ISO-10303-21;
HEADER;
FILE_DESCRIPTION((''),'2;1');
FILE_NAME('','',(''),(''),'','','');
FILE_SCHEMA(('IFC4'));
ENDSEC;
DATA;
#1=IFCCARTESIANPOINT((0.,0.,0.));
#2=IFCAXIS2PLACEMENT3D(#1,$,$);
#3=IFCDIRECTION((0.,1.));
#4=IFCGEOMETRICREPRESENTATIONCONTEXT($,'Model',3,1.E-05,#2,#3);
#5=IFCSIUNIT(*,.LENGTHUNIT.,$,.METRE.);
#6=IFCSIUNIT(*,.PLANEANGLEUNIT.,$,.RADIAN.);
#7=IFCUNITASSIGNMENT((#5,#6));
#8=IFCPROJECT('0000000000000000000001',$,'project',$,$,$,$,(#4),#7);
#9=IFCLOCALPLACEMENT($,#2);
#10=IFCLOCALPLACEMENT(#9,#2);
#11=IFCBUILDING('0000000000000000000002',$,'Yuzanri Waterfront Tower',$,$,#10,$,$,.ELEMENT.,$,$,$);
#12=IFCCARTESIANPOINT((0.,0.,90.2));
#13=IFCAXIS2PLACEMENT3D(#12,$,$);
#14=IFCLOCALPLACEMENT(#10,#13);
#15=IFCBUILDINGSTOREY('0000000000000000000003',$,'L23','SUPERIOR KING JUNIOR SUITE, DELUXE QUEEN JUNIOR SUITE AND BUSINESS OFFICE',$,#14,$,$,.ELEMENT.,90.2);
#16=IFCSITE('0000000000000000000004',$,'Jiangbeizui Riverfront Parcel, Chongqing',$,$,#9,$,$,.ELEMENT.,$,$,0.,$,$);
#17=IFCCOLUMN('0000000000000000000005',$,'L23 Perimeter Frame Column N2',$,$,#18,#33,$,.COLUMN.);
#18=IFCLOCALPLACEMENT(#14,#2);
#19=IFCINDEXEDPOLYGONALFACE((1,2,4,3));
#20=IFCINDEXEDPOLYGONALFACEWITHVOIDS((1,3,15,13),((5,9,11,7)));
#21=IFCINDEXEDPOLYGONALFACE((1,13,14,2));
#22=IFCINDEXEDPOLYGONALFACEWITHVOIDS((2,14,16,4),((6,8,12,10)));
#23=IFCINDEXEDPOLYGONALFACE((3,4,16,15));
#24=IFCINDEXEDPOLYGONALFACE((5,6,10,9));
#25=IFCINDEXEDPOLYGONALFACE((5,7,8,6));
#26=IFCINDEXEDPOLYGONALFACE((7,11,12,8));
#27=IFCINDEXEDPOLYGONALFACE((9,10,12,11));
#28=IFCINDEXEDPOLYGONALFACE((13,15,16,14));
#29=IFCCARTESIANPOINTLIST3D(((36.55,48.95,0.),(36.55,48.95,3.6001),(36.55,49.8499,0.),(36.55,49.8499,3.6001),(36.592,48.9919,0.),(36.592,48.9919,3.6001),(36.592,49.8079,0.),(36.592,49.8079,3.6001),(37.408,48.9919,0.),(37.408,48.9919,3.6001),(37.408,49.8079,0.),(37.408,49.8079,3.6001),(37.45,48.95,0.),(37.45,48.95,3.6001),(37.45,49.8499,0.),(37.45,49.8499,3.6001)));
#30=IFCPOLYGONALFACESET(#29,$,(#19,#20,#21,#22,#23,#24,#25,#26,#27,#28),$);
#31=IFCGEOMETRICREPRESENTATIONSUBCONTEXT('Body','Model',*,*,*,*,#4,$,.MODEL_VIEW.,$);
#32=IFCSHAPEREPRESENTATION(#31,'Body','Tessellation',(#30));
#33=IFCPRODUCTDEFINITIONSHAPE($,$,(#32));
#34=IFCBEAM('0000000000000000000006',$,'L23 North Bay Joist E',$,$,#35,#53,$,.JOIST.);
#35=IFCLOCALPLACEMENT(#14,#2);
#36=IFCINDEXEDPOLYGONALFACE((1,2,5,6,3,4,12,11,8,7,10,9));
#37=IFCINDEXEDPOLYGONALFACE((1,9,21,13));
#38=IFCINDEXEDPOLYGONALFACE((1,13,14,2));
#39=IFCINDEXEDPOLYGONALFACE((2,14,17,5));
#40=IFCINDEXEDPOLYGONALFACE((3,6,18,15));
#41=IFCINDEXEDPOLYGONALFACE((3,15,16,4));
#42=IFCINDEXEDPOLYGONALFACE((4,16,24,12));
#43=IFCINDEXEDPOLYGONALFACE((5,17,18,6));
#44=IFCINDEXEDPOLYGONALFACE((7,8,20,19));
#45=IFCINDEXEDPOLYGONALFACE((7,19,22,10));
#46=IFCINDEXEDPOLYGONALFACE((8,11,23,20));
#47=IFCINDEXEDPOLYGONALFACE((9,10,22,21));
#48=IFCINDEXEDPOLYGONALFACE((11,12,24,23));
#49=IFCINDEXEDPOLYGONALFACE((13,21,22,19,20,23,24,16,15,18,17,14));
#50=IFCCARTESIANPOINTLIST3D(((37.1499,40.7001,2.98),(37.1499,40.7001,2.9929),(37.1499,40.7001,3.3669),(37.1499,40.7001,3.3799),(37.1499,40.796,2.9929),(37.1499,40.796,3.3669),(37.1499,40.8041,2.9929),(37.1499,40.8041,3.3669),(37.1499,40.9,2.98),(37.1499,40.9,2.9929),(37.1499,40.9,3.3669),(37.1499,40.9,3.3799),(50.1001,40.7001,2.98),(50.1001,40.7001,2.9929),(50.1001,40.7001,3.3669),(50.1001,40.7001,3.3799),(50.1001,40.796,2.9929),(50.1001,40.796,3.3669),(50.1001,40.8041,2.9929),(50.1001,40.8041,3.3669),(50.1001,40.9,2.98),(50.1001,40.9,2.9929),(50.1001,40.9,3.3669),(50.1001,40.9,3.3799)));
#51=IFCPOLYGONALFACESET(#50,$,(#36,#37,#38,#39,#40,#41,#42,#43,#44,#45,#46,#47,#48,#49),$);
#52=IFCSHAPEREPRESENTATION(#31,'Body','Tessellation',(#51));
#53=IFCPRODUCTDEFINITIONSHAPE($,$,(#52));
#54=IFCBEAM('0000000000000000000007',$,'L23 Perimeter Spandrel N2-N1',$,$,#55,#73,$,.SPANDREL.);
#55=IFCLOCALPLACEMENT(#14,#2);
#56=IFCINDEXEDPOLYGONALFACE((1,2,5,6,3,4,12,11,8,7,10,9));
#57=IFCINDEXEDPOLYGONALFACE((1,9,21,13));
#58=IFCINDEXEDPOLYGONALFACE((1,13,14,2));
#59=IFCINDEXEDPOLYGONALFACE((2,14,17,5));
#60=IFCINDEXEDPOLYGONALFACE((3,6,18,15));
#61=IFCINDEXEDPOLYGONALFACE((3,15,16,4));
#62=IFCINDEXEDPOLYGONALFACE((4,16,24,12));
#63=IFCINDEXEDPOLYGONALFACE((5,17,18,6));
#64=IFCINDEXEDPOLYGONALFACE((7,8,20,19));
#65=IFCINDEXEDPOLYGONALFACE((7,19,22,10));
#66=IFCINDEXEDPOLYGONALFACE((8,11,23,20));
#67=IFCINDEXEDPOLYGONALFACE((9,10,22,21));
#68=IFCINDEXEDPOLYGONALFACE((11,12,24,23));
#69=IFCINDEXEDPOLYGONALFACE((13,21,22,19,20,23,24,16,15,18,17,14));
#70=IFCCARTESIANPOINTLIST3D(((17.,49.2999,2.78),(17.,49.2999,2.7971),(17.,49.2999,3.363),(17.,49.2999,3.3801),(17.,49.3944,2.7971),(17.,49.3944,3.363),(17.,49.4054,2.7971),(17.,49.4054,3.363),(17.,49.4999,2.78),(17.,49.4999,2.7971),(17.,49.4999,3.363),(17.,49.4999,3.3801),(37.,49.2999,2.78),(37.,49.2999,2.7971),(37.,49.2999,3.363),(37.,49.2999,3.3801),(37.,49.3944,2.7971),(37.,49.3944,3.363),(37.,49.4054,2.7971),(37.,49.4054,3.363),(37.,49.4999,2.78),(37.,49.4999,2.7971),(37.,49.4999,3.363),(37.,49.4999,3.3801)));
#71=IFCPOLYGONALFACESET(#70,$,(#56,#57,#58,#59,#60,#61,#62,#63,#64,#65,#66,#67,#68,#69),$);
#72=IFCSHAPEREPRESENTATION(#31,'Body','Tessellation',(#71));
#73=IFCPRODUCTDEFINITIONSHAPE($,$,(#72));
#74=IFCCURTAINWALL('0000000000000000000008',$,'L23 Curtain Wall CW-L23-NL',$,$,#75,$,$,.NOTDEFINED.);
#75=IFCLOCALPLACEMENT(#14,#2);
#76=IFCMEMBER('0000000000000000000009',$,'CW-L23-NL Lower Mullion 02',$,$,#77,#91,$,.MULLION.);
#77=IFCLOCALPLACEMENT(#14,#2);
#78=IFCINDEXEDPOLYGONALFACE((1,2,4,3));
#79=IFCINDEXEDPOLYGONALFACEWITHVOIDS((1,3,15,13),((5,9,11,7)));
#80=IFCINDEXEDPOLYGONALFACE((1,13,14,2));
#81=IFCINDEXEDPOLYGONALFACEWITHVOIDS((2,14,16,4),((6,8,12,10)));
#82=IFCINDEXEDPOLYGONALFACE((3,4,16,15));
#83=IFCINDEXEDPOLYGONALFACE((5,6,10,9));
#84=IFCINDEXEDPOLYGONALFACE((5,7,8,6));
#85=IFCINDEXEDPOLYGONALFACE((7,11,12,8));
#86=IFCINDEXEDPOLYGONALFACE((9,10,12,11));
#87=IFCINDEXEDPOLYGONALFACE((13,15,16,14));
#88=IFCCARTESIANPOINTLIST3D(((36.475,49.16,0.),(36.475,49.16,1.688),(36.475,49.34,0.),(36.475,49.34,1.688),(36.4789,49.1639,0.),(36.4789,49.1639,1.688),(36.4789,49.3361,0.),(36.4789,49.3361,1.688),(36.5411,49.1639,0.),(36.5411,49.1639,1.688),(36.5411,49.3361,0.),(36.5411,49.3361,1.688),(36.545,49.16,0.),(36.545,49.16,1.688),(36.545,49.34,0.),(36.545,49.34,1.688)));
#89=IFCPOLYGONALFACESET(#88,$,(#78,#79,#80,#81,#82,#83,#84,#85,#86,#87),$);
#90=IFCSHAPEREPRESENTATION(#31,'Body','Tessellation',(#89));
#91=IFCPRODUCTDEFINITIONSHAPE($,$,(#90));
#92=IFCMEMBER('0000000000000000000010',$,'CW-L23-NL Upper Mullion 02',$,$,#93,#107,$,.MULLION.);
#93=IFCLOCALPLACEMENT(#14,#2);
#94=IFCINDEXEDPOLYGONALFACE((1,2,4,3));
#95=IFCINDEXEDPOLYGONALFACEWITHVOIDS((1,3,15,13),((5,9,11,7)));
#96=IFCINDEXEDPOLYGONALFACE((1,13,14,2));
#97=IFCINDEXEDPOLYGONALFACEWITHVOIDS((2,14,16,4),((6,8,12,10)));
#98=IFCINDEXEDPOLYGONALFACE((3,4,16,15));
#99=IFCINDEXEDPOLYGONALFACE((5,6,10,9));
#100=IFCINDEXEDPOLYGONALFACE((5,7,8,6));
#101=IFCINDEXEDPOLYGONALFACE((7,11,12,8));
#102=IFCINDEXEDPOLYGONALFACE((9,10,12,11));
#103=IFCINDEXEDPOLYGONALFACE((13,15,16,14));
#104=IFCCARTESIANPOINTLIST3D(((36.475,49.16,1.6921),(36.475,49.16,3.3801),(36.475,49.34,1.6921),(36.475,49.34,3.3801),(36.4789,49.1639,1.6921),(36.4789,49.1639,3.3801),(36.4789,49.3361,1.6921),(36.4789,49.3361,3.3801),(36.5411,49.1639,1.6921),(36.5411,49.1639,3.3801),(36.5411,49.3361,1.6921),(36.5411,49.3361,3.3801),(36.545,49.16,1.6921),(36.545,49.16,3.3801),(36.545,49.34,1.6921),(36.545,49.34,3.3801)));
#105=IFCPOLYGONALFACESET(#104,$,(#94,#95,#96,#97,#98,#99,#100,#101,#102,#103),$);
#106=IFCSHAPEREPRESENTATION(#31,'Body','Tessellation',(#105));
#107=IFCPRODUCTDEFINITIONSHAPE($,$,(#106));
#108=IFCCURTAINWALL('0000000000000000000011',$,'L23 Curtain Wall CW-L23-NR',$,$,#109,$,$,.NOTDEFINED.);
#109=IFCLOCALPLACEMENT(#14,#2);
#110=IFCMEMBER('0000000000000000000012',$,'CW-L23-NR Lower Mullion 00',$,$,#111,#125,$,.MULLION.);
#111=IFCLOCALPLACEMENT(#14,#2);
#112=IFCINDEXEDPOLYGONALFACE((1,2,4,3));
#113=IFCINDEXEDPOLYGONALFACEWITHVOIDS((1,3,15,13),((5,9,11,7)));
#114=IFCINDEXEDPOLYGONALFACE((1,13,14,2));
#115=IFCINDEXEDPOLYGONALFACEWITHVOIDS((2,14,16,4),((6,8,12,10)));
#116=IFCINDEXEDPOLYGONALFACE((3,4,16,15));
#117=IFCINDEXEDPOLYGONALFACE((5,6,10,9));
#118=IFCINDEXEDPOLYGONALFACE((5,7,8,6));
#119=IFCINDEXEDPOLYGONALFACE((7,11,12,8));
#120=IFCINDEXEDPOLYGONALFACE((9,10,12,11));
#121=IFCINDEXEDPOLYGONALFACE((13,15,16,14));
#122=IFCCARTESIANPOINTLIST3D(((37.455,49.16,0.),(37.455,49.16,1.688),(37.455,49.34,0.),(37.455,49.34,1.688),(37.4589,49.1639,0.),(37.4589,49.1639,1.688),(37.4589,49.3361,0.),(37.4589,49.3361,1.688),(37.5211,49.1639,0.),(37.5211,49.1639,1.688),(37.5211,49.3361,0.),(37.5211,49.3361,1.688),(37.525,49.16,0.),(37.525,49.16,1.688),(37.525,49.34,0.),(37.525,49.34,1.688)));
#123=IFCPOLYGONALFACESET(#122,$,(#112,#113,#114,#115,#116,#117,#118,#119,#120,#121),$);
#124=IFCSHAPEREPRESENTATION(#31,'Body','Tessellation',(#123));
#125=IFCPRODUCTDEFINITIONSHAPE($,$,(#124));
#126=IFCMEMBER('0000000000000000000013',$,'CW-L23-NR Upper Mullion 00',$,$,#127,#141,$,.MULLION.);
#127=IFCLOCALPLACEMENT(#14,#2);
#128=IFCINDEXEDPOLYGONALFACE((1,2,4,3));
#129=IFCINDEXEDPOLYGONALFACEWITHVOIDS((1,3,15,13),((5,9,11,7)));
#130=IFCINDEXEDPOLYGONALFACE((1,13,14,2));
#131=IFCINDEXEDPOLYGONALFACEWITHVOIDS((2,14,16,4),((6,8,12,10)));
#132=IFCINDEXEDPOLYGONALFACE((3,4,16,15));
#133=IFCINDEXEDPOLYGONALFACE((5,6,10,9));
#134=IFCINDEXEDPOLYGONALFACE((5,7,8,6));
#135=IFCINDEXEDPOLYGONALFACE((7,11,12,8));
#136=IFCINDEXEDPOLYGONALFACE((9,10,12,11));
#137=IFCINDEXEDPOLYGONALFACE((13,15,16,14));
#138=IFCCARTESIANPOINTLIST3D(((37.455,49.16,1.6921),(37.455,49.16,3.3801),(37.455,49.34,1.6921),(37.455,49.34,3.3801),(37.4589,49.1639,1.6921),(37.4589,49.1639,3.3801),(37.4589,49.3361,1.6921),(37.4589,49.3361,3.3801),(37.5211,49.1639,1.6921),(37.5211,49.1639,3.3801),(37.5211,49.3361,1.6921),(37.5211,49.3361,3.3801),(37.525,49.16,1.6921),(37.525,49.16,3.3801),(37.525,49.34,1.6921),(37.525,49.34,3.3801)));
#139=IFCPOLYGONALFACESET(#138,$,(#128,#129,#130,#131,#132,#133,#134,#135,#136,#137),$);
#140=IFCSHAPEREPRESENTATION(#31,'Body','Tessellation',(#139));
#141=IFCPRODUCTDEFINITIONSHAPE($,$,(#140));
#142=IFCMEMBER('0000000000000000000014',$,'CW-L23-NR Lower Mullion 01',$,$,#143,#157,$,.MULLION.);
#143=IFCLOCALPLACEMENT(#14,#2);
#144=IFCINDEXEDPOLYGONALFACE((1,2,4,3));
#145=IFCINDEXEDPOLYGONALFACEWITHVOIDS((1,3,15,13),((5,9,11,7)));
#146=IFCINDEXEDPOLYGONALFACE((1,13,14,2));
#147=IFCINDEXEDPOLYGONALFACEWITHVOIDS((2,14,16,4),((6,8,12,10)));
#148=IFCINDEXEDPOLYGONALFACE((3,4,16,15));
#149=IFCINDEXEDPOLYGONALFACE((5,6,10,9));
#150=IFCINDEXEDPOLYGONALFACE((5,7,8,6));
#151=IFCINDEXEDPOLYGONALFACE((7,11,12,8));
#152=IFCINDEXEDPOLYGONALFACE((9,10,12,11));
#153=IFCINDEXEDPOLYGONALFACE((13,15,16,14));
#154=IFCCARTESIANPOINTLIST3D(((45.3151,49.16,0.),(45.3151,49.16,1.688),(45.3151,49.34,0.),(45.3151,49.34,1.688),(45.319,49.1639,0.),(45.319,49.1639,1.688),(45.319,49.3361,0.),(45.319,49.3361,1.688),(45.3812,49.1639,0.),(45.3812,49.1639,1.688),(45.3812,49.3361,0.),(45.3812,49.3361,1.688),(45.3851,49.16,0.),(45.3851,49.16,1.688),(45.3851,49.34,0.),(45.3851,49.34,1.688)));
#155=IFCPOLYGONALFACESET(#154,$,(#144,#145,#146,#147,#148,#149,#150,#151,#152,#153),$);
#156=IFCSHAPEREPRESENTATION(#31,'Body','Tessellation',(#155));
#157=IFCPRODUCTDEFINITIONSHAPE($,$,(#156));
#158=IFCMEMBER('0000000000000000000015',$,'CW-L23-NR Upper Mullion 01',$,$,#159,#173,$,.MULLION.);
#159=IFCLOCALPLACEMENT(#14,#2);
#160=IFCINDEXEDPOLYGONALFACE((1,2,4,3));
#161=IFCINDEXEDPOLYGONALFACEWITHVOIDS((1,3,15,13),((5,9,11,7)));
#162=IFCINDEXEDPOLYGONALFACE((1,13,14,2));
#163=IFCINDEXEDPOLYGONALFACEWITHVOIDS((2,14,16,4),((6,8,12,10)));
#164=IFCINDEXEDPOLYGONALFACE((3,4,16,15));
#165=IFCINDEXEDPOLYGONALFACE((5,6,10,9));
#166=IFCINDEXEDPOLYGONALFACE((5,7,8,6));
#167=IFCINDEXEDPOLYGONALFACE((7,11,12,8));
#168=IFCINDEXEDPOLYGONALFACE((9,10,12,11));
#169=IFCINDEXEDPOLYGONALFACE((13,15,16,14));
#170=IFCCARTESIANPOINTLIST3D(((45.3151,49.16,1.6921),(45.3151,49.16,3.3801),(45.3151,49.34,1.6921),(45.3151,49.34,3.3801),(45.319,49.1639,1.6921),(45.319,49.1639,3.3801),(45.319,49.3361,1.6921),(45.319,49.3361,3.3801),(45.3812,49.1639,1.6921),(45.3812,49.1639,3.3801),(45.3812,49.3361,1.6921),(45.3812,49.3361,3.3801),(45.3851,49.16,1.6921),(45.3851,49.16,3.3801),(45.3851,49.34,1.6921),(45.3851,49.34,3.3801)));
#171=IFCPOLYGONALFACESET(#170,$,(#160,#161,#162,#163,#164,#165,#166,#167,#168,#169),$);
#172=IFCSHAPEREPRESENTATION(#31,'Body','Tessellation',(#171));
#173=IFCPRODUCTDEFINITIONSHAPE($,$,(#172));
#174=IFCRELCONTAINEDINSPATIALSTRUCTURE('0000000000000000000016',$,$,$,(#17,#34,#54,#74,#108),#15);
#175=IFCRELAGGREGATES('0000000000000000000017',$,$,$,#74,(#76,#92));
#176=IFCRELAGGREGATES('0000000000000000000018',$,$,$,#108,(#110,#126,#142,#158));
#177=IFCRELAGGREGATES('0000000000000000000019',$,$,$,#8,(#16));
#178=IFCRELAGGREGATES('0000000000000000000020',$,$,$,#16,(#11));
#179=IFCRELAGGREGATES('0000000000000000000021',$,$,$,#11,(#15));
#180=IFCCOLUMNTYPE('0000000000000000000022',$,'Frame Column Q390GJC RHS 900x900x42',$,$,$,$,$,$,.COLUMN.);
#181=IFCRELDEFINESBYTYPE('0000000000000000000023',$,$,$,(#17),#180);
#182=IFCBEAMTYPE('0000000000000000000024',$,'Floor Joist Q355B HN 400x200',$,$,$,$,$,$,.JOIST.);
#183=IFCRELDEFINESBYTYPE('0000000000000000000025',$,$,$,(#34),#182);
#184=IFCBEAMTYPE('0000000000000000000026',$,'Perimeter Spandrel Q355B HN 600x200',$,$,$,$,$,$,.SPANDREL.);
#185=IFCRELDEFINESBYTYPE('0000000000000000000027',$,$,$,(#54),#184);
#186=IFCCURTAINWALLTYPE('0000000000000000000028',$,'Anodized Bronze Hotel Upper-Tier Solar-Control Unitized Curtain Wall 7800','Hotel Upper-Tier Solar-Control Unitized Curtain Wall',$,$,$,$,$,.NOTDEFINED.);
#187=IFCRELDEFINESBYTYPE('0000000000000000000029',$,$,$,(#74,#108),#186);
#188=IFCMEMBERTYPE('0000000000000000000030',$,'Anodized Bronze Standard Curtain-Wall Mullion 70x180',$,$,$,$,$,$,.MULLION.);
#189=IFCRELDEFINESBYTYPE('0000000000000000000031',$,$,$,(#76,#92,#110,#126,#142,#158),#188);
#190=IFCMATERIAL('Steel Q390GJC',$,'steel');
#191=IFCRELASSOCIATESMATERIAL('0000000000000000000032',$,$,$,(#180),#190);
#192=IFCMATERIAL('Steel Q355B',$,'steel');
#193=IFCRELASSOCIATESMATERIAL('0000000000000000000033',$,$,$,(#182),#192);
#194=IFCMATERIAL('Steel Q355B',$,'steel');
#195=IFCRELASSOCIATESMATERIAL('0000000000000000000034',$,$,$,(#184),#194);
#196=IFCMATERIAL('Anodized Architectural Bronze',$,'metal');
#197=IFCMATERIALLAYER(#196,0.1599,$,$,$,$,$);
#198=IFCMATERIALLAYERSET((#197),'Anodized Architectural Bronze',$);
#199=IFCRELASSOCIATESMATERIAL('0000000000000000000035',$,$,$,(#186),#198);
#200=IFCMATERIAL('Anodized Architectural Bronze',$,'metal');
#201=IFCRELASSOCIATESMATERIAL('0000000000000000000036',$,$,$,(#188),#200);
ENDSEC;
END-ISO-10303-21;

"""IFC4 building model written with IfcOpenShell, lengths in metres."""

from ifc_helpers import new_model, si_unit, direction, frame, origin, origin_2d, place, context, subcontext, project, spatial, hollow_rectangle, i_section, extrude, source, transform, mapped, material, layer, layer_set, material_profile, profile_set, type_object, element, aggregate, save


model = new_model("IFC4")

# Units and contexts
model_context = context("Model", 3, precision=1e-05, world=origin(), true_north=direction((0.0, 1.0)))
body_context = subcontext(model_context, "Body", "Model", "MODEL_VIEW")
ifc_project = project(units=[si_unit("LENGTHUNIT", "METRE"), si_unit("PLANEANGLEUNIT", "RADIAN")], contexts=[model_context])

# Site, building, storey
site_placement = place(None, origin())
site = spatial("IfcSite", under=ifc_project, at=site_placement, Name="Jiangbeizui Riverfront Parcel, Chongqing", CompositionType="ELEMENT", RefElevation=0.0)
building_placement = place(site_placement, origin())
building = spatial("IfcBuilding", under=site, at=building_placement, Name="Yuzanri Waterfront Tower", CompositionType="ELEMENT")
storey_placement = place(building_placement, frame((0.0, 0.0, 90.2)))
storey = spatial("IfcBuildingStorey", under=building, at=storey_placement, Name="L23", Description="SUPERIOR KING JUNIOR SUITE, DELUXE QUEEN JUNIOR SUITE AND BUSINESS OFFICE", CompositionType="ELEMENT", Elevation=90.2)

# Column
ifc_material_1 = material(Name="Steel Q390GJC", Category="steel")
ifc_material_profile_1 = material_profile(ifc_material_1, hollow_rectangle(XDim=0.8999, YDim=0.8999, WallThickness=0.042, at=origin_2d()), Name="RHS 900x900x42")
ifc_profile_set_1 = profile_set([ifc_material_profile_1], Name="Steel Q390GJC")
column_type = type_object("IfcColumnType", Name="Frame Column Q390GJC RHS 900x900x42", PredefinedType="COLUMN", material=ifc_profile_set_1)
shared_shape_1 = source(origin(), body_context, "Body", "SweptSolid", [
    extrude(hollow_rectangle(XDim=0.8999, YDim=0.8999, WallThickness=0.042, at=origin_2d()), origin(), (0.0, 0.0, 1.0), 3.6001),
])
column_placement = place(storey_placement, frame((37.0, 49.3999, 0.0), z_axis=(0.0, 0.0, 1.0), x_axis=(1.0, 0.0, 0.0)))
element("IfcColumn", 1, at=column_placement, inside=storey, type_object=column_type, Name="L23 Perimeter Frame Column N2", PredefinedType="COLUMN", context=body_context, shape_type="MappedRepresentation", body=[
    mapped(shared_shape_1, transform((0.0, 0.0, 0.0), scale=1.0)),
])

# Beams
ifc_material_2 = material(Name="Steel Q355B", Category="steel")
ifc_material_profile_2 = material_profile(ifc_material_2, i_section(OverallWidth=0.2, OverallDepth=0.3999, WebThickness=0.0081, FlangeThickness=0.0129, at=origin_2d()), Name="HN 400x200x8x13")
ifc_profile_set_2 = profile_set([ifc_material_profile_2], Name="Steel Q355B")
beam_type_1 = type_object("IfcBeamType", Name="Floor Joist Q355B HN 400x200", PredefinedType="JOIST", material=ifc_profile_set_2)
shared_shape_2 = source(origin(), body_context, "Body", "SweptSolid", [
    extrude(i_section(OverallWidth=0.2, OverallDepth=0.3999, WebThickness=0.0081, FlangeThickness=0.0129, at=origin_2d()), origin(), (0.0, 0.0, 1.0), 12.9502),
])
beam_1_placement = place(storey_placement, frame((37.1499, 40.8, 3.1799), z_axis=(1.0, 0.0, 0.0), x_axis=(0.0, 1.0, 0.0)))
element("IfcBeam", 2, at=beam_1_placement, inside=storey, type_object=beam_type_1, Name="L23 North Bay Joist E", PredefinedType="JOIST", context=body_context, shape_type="MappedRepresentation", body=[
    mapped(shared_shape_2, transform((0.0, 0.0, 0.0), scale=1.0)),
])
ifc_material_3 = material(Name="Steel Q355B", Category="steel")
ifc_material_profile_3 = material_profile(ifc_material_3, i_section(OverallWidth=0.2, OverallDepth=0.6001, WebThickness=0.011, FlangeThickness=0.0171, at=origin_2d()), Name="HN 600x200x11x17")
ifc_profile_set_3 = profile_set([ifc_material_profile_3], Name="Steel Q355B")
beam_type_2 = type_object("IfcBeamType", Name="Perimeter Spandrel Q355B HN 600x200", PredefinedType="SPANDREL", material=ifc_profile_set_3)
shared_shape_3 = source(origin(), body_context, "Body", "SweptSolid", [
    extrude(i_section(OverallWidth=0.2, OverallDepth=0.6001, WebThickness=0.011, FlangeThickness=0.0171, at=origin_2d()), origin(), (0.0, 0.0, 1.0), 20.0),
])
beam_2_placement = place(storey_placement, frame((37.0, 49.3999, 3.0801), z_axis=(-1.0, 0.0, 0.0), x_axis=(0.0, -1.0, 0.0)))
element("IfcBeam", 3, at=beam_2_placement, inside=storey, type_object=beam_type_2, Name="L23 Perimeter Spandrel N2-N1", PredefinedType="SPANDREL", context=body_context, shape_type="MappedRepresentation", body=[
    mapped(shared_shape_3, transform((0.0, 0.0, 0.0), scale=1.0)),
])

# Curtain wall, members
ifc_material_4 = material(Name="Anodized Architectural Bronze", Category="metal")
ifc_layer_1 = layer(ifc_material_4, 0.1599)
ifc_layer_set_1 = layer_set([ifc_layer_1], Name="Anodized Architectural Bronze")
curtain_wall_type = type_object("IfcCurtainWallType", Name="Anodized Bronze Hotel Upper-Tier Solar-Control Unitized Curtain Wall 7800", Description="Hotel Upper-Tier Solar-Control Unitized Curtain Wall", PredefinedType="NOTDEFINED", material=ifc_layer_set_1)
curtain_wall_1_placement = place(storey_placement, origin())
curtain_wall_1 = element("IfcCurtainWall", 4, at=curtain_wall_1_placement, inside=storey, type_object=curtain_wall_type, Name="L23 Curtain Wall CW-L23-NL", PredefinedType="NOTDEFINED")
ifc_material_5 = material(Name="Anodized Architectural Bronze", Category="metal")
ifc_material_profile_4 = material_profile(ifc_material_5, hollow_rectangle(XDim=0.0701, YDim=0.1799, WallThickness=0.0039, at=origin_2d()), Name="CWM 70x180")
ifc_profile_set_4 = profile_set([ifc_material_profile_4], Name="Anodized Architectural Bronze")
member_type_1 = type_object("IfcMemberType", Name="Anodized Bronze Standard Curtain-Wall Mullion 70x180", PredefinedType="MULLION", material=ifc_profile_set_4)
shared_shape_4 = source(origin(), body_context, "Body", "SweptSolid", [
    extrude(hollow_rectangle(XDim=0.0701, YDim=0.1799, WallThickness=0.0039, at=origin_2d()), origin(), (0.0, 0.0, 1.0), 1.688),
])
member_1_placement = place(storey_placement, frame((36.51, 49.25, 0.0), z_axis=(0.0, 0.0, 1.0), x_axis=(1.0, 0.0, 0.0)))
member_1 = element("IfcMember", 5, at=member_1_placement, type_object=member_type_1, Name="CW-L23-NL Lower Mullion 02", PredefinedType="MULLION", context=body_context, shape_type="MappedRepresentation", body=[
    mapped(shared_shape_4, transform((0.0, 0.0, 0.0), scale=1.0)),
])
member_2_placement = place(storey_placement, frame((36.51, 49.25, 1.6921), z_axis=(0.0, 0.0, 1.0), x_axis=(1.0, 0.0, 0.0)))
member_2 = element("IfcMember", 6, at=member_2_placement, type_object=member_type_1, Name="CW-L23-NL Upper Mullion 02", PredefinedType="MULLION", context=body_context, shape_type="MappedRepresentation", body=[
    mapped(shared_shape_4, transform((0.0, 0.0, 0.0), scale=1.0)),
])
aggregate(curtain_wall_1, [member_1, member_2])

# Curtain wall, members
curtain_wall_2_placement = place(storey_placement, origin())
curtain_wall_2 = element("IfcCurtainWall", 7, at=curtain_wall_2_placement, inside=storey, type_object=curtain_wall_type, Name="L23 Curtain Wall CW-L23-NR", PredefinedType="NOTDEFINED")
member_3_placement = place(storey_placement, frame((37.49, 49.25, 0.0), z_axis=(0.0, 0.0, 1.0), x_axis=(1.0, 0.0, 0.0)))
member_3 = element("IfcMember", 8, at=member_3_placement, type_object=member_type_1, Name="CW-L23-NR Lower Mullion 00", PredefinedType="MULLION", context=body_context, shape_type="MappedRepresentation", body=[
    mapped(shared_shape_4, transform((0.0, 0.0, 0.0), scale=1.0)),
])
member_4_placement = place(storey_placement, frame((37.49, 49.25, 1.6921), z_axis=(0.0, 0.0, 1.0), x_axis=(1.0, 0.0, 0.0)))
member_4 = element("IfcMember", 9, at=member_4_placement, type_object=member_type_1, Name="CW-L23-NR Upper Mullion 00", PredefinedType="MULLION", context=body_context, shape_type="MappedRepresentation", body=[
    mapped(shared_shape_4, transform((0.0, 0.0, 0.0), scale=1.0)),
])
member_5_placement = place(storey_placement, frame((45.3501, 49.25, 0.0), z_axis=(0.0, 0.0, 1.0), x_axis=(1.0, 0.0, 0.0)))
member_5 = element("IfcMember", 10, at=member_5_placement, type_object=member_type_1, Name="CW-L23-NR Lower Mullion 01", PredefinedType="MULLION", context=body_context, shape_type="MappedRepresentation", body=[
    mapped(shared_shape_4, transform((0.0, 0.0, 0.0), scale=1.0)),
])
member_6_placement = place(storey_placement, frame((45.3501, 49.25, 1.6921), z_axis=(0.0, 0.0, 1.0), x_axis=(1.0, 0.0, 0.0)))
member_6 = element("IfcMember", 11, at=member_6_placement, type_object=member_type_1, Name="CW-L23-NR Upper Mullion 01", PredefinedType="MULLION", context=body_context, shape_type="MappedRepresentation", body=[
    mapped(shared_shape_4, transform((0.0, 0.0, 0.0), scale=1.0)),
])
aggregate(curtain_wall_2, [member_3, member_4, member_5, member_6])

save(model, "model.ifc")
